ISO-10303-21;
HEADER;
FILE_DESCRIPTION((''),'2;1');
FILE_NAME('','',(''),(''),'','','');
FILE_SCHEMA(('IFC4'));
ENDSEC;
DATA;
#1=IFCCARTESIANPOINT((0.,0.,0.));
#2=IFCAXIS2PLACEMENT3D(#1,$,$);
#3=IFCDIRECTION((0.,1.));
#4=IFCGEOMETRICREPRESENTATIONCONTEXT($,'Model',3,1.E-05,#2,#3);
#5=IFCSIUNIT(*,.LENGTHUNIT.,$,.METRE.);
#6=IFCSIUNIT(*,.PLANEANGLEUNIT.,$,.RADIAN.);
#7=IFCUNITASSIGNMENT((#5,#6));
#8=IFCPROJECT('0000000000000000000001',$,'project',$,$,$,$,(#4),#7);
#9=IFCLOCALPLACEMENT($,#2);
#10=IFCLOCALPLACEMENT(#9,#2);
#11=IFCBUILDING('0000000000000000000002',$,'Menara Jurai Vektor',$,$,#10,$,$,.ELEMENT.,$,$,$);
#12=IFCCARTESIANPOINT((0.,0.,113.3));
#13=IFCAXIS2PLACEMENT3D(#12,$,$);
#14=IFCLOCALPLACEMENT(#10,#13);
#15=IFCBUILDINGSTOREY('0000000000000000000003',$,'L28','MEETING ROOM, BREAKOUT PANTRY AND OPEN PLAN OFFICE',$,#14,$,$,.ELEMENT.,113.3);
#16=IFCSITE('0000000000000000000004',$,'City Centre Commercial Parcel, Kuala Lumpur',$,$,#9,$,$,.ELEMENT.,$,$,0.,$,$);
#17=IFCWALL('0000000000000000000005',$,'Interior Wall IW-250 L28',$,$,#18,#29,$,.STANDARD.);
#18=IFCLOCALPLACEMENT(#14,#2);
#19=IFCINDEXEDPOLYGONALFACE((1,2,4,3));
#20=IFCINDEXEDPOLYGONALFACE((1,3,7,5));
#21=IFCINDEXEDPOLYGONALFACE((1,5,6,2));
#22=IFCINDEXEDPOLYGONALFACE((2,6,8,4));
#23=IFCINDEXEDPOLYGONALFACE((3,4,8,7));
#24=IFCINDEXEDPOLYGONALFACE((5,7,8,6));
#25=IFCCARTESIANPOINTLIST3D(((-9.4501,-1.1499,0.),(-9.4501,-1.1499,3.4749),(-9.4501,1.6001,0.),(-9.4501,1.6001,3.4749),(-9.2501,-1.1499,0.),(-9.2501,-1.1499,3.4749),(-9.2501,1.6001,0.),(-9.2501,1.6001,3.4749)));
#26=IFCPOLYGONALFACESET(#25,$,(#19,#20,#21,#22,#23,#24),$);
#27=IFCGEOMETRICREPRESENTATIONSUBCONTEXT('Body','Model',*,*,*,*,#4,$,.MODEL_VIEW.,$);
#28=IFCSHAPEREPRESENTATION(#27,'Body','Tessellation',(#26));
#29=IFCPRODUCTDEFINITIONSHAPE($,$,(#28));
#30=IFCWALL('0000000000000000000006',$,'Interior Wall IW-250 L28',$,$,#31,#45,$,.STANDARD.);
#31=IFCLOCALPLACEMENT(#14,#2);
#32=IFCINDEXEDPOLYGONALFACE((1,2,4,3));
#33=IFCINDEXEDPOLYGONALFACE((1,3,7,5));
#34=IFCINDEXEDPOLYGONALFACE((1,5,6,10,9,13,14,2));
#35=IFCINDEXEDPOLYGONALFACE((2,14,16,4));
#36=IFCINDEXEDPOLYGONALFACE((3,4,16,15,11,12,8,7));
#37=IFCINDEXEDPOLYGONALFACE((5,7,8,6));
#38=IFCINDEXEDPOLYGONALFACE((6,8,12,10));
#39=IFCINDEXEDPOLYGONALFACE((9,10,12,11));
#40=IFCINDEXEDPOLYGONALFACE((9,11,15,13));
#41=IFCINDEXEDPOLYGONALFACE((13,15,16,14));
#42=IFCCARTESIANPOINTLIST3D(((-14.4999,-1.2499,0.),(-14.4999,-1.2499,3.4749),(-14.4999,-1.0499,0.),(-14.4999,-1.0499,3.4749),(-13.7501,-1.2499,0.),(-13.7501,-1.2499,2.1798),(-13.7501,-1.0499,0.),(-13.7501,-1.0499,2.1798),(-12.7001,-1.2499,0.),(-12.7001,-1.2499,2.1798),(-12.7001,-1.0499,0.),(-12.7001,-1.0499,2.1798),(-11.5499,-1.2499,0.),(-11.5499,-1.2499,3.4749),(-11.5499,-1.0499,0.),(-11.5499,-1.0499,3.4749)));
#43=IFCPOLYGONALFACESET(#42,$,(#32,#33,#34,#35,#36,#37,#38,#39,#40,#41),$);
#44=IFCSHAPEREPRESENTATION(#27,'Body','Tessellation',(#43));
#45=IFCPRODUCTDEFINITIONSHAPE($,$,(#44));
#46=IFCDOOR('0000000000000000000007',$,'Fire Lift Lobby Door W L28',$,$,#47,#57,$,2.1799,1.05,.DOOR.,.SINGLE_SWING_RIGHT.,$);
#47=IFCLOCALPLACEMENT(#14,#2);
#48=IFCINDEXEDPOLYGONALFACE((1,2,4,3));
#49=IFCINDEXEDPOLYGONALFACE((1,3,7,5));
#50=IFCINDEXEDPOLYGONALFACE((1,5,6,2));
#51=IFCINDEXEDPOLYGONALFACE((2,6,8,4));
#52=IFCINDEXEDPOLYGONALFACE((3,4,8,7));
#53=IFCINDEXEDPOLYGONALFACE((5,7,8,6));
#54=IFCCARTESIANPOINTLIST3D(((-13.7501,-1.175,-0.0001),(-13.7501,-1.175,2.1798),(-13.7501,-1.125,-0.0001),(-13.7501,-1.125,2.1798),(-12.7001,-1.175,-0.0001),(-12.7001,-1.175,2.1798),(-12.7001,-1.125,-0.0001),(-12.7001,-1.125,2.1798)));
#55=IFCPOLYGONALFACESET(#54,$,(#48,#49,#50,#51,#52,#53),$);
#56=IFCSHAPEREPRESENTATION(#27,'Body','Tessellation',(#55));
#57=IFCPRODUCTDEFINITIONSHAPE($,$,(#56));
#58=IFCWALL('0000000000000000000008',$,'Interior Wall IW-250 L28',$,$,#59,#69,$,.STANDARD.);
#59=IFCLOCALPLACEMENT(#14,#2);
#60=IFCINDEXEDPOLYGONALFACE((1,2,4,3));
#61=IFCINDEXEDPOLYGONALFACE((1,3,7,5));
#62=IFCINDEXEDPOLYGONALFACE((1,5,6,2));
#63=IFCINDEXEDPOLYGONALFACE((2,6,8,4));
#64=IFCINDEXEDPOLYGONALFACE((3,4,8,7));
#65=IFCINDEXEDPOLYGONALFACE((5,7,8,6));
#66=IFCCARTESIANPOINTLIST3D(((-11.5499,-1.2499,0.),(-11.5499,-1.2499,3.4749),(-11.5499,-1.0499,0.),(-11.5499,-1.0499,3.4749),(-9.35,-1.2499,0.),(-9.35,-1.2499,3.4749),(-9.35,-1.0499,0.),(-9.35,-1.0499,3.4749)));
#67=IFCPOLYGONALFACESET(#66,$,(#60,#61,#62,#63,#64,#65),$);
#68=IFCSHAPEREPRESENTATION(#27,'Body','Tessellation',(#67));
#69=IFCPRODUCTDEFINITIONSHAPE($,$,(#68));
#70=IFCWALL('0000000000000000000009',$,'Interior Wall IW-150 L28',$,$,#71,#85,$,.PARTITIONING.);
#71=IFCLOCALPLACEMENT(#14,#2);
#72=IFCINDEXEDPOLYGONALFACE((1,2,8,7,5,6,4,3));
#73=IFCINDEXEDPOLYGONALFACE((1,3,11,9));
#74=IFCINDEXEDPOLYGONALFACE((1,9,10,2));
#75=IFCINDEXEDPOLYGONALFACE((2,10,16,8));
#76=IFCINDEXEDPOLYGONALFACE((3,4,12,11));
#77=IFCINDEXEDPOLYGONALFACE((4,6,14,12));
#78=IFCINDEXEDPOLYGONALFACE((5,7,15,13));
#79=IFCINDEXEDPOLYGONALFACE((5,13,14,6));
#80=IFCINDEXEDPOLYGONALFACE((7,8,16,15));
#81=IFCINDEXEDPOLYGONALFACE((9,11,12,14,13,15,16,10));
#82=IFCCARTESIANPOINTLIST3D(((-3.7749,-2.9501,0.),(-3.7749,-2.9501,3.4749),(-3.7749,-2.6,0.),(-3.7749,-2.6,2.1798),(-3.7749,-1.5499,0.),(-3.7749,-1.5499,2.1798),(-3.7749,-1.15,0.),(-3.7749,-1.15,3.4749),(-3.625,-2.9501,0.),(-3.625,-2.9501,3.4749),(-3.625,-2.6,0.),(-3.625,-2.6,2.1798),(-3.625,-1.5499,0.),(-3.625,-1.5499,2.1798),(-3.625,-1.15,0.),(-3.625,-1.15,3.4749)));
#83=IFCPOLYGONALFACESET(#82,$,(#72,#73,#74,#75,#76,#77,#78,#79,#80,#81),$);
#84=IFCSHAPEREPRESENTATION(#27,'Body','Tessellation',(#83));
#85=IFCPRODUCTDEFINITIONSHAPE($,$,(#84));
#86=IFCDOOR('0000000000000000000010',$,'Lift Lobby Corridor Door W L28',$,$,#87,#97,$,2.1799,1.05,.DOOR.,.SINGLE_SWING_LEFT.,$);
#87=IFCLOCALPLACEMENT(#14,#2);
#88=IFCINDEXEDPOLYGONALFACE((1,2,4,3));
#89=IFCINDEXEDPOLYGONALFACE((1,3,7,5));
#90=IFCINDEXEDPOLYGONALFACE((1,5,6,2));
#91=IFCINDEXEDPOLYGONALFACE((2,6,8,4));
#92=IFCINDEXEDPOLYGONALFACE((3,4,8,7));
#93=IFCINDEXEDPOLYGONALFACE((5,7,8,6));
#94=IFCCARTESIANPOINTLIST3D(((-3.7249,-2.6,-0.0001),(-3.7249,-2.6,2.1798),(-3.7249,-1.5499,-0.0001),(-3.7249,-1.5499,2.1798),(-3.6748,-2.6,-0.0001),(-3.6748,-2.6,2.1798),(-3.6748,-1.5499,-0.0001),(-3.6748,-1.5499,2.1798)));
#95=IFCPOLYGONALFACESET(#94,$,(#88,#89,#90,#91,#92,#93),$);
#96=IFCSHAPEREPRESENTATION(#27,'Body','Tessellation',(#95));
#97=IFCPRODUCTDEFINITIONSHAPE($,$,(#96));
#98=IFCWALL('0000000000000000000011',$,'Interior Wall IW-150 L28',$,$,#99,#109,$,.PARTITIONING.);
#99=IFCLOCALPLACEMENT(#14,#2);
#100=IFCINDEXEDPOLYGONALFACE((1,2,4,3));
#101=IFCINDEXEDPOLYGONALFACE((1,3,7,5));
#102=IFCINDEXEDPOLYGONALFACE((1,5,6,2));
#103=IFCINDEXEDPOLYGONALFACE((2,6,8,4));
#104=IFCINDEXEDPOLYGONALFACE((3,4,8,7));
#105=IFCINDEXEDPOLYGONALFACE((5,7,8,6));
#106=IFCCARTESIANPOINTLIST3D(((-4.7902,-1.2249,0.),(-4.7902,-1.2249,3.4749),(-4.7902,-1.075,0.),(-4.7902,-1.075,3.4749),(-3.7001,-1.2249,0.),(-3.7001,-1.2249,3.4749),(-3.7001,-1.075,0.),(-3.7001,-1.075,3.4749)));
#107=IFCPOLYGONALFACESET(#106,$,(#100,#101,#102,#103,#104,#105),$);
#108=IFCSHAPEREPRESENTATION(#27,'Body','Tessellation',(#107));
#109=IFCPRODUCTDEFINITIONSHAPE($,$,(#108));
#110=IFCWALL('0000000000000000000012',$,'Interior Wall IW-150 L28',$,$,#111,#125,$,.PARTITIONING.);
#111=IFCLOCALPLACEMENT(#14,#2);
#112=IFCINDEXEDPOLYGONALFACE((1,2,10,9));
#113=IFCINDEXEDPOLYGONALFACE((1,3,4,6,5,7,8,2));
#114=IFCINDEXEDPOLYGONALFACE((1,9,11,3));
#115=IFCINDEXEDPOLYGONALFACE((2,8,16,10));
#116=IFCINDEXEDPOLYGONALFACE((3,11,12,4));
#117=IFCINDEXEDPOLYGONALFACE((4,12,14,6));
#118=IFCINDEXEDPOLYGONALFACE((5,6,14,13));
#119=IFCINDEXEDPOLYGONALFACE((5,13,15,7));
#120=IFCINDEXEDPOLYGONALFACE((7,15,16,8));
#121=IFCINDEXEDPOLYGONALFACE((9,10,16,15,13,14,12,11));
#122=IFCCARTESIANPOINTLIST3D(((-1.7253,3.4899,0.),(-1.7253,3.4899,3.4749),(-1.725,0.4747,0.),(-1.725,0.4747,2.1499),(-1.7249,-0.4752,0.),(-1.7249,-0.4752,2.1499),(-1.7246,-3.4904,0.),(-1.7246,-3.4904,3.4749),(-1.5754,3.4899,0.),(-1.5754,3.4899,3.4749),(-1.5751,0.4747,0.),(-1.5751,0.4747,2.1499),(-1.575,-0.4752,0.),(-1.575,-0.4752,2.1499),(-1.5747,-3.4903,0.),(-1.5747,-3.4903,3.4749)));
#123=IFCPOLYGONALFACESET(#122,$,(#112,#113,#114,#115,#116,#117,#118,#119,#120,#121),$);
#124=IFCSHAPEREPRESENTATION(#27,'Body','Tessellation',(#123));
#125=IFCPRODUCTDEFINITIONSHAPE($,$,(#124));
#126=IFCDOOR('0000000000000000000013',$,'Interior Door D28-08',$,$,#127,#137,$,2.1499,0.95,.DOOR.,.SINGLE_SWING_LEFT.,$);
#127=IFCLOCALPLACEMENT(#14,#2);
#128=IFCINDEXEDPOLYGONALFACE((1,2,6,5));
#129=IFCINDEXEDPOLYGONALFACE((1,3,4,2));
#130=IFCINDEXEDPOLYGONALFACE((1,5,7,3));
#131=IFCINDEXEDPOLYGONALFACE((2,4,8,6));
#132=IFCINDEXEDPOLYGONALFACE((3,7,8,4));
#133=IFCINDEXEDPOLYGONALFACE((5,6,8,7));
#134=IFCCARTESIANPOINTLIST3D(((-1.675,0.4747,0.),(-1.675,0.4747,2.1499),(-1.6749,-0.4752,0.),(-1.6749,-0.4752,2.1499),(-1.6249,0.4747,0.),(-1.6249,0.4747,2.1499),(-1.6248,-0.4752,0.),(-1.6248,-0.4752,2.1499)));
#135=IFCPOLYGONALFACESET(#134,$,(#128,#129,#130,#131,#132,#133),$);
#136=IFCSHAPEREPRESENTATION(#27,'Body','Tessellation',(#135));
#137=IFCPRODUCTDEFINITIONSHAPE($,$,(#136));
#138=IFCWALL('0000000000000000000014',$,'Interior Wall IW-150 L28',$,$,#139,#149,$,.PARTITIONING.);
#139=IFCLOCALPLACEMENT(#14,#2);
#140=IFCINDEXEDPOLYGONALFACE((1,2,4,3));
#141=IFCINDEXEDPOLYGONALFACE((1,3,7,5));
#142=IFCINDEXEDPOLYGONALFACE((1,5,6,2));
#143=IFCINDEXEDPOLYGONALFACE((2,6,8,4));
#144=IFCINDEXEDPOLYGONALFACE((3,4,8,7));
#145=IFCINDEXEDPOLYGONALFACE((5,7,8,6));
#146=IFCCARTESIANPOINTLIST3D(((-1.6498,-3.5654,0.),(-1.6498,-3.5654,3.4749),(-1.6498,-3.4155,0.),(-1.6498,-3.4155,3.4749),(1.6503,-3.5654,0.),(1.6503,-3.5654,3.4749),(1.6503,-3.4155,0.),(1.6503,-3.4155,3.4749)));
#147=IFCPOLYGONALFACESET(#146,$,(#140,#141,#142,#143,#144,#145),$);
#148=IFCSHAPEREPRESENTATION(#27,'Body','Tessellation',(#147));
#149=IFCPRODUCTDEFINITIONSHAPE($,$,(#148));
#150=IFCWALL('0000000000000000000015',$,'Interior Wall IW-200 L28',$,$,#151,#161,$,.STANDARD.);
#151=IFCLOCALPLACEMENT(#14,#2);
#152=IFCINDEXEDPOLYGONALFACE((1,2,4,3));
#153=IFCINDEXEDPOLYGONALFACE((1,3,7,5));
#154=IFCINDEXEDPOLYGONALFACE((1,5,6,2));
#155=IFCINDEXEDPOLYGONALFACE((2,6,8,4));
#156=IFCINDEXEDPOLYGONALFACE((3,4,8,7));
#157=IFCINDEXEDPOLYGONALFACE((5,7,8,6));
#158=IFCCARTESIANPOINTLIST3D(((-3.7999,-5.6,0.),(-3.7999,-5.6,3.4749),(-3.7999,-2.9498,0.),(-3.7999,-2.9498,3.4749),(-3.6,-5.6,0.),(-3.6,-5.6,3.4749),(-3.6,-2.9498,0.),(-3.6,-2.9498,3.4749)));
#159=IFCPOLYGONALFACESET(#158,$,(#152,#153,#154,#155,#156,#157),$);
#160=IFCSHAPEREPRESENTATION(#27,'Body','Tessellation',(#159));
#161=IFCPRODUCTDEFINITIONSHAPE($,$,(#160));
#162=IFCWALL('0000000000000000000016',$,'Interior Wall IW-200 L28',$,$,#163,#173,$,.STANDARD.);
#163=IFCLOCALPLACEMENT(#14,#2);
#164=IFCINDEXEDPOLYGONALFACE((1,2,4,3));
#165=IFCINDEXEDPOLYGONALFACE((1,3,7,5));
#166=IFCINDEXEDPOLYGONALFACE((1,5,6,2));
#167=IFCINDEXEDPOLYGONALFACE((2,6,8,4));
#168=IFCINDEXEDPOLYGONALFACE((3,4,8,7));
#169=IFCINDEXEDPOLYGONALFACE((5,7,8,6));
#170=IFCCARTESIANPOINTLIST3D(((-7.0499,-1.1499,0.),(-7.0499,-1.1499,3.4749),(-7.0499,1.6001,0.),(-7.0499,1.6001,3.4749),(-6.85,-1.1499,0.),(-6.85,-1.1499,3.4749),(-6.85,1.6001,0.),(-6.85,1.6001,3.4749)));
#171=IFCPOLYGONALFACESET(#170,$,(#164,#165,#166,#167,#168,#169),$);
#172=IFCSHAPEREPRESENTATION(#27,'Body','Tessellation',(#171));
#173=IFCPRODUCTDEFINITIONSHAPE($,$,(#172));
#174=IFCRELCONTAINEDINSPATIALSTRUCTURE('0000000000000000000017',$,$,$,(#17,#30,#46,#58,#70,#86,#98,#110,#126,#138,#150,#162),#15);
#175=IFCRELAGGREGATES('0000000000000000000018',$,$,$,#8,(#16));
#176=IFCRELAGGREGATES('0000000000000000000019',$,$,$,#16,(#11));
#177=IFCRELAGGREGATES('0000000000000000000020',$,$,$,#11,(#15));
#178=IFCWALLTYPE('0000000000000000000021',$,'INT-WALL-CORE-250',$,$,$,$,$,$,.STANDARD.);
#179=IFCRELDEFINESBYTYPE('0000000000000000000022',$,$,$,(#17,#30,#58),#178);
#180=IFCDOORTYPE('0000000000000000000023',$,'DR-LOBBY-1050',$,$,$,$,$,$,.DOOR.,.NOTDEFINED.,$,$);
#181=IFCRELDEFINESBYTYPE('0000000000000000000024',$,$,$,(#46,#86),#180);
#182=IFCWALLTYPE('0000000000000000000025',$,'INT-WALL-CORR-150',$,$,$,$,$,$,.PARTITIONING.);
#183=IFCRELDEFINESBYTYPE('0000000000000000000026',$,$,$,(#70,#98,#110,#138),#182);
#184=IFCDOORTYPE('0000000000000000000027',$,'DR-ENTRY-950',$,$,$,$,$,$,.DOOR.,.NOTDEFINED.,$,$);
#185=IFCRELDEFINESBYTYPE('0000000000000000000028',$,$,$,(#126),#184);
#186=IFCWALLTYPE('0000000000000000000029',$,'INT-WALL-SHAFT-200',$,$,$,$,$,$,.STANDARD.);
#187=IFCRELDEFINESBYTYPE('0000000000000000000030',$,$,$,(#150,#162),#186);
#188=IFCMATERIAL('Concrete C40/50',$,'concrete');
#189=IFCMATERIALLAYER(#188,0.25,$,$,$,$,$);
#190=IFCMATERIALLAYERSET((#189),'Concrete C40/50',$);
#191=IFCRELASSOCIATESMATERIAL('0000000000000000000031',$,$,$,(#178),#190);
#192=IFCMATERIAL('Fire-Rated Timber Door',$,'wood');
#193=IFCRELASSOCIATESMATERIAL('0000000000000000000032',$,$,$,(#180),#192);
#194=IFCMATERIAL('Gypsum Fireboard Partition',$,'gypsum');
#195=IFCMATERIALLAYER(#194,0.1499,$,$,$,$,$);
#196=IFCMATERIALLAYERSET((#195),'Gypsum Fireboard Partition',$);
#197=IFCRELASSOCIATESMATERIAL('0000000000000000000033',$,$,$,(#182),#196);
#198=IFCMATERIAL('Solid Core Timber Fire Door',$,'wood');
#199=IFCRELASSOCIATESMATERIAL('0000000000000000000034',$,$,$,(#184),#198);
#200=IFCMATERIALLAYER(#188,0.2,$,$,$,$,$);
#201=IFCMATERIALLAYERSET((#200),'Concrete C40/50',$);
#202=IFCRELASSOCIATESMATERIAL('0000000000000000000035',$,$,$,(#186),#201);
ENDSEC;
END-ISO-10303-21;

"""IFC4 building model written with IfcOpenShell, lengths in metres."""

from ifc_helpers import new_model, si_unit, direction, frame, frame_2d, origin, place, context, subcontext, project, spatial, rectangle, extrude, material, layer, layer_set, type_object, element, fill, save


model = new_model("IFC4")

# Units and contexts
model_context = context("Model", 3, precision=1e-05, world=origin(), true_north=direction((0.0, 1.0)))
body_context = subcontext(model_context, "Body", "Model", "MODEL_VIEW")
ifc_project = project(units=[si_unit("LENGTHUNIT", "METRE"), si_unit("PLANEANGLEUNIT", "RADIAN")], contexts=[model_context])

# Site, building, storey
site_placement = place(None, origin())
site = spatial("IfcSite", under=ifc_project, at=site_placement, Name="City Centre Commercial Parcel, Kuala Lumpur", CompositionType="ELEMENT", RefElevation=0.0)
building_placement = place(site_placement, origin())
building = spatial("IfcBuilding", under=site, at=building_placement, Name="Menara Jurai Vektor", CompositionType="ELEMENT")
storey_placement = place(building_placement, frame((0.0, 0.0, 113.3)))
storey = spatial("IfcBuildingStorey", under=building, at=storey_placement, Name="L28", Description="MEETING ROOM, BREAKOUT PANTRY AND OPEN PLAN OFFICE", CompositionType="ELEMENT", Elevation=113.3)

# Shared definitions
ifc_material_1 = material(Name="Concrete C40/50", Category="concrete")

# Shared definitions
ifc_layer_1 = layer(ifc_material_1, 0.25)
ifc_layer_set_1 = layer_set([ifc_layer_1], Name="Concrete C40/50")
wall_type_1 = type_object("IfcWallType", Name="INT-WALL-CORE-250", PredefinedType="STANDARD", material=ifc_layer_set_1)

# Wall
wall_1_placement = place(storey_placement, frame((-9.3501, -1.1499, 0.0), z_axis=(0.0, 0.0, 1.0), x_axis=(0.0, 1.0, 0.0)))
element("IfcWall", 1, at=wall_1_placement, inside=storey, type_object=wall_type_1, Name="Interior Wall IW-250 L28", PredefinedType="STANDARD", context=body_context, shape_type="SweptSolid", body=[
    extrude(rectangle(XDim=2.75, YDim=0.2, at=frame_2d((1.375, 0.0))), origin(), (0.0, 0.0, 1.0), 3.4749),
])

# Wall, opening, door
wall_2_placement = place(storey_placement, frame((-14.5, -1.1499, 0.0), z_axis=(0.0, 0.0, 1.0), x_axis=(1.0, 0.0, 0.0)))
wall_2 = element("IfcWall", 2, at=wall_2_placement, inside=storey, type_object=wall_type_1, Name="Interior Wall IW-250 L28", PredefinedType="STANDARD", context=body_context, shape_type="SweptSolid", body=[
    extrude(rectangle(XDim=2.95, YDim=0.2, at=frame_2d((1.4751, 0.0))), origin(), (0.0, 0.0, 1.0), 3.4749),
])
opening_1_placement = place(wall_2_placement, frame((0.75, 0.0, 0.0)))
opening_1 = element("IfcOpeningElement", 3, at=opening_1_placement, cuts=wall_2, PredefinedType="OPENING", context=body_context, shape_type="SweptSolid", body=[
    extrude(rectangle(XDim=1.05, YDim=2.1799, at=frame_2d((0.5249, 1.0898))), frame((0.0, 0.1099, 0.0), z_axis=(0.0, -1.0, 0.0), x_axis=(1.0, 0.0, 0.0)), (0.0, 0.0, 1.0), 0.22),
])
ifc_material_2 = material(Name="Fire-Rated Timber Door", Category="wood")
door_type_1 = type_object("IfcDoorType", Name="DR-LOBBY-1050", OperationType="NOTDEFINED", PredefinedType="DOOR", material=ifc_material_2)
door_1_placement = place(opening_1_placement, origin())
door_1 = element("IfcDoor", 4, at=door_1_placement, inside=storey, type_object=door_type_1, Name="Fire Lift Lobby Door W L28", OperationType="SINGLE_SWING_RIGHT", OverallHeight=2.1799, OverallWidth=1.05, PredefinedType="DOOR", context=body_context, shape_type="SweptSolid", body=[
    extrude(rectangle(XDim=1.05, YDim=2.1799, at=frame_2d((0.5249, 1.0898))), frame((0.0, 0.0249, 0.0), z_axis=(0.0, -1.0, 0.0), x_axis=(1.0, 0.0, 0.0)), (0.0, 0.0, 1.0), 0.05),
])
fill(opening_1, door_1)

# Wall
wall_3_placement = place(storey_placement, frame((-11.55, -1.1499, 0.0), z_axis=(0.0, 0.0, 1.0), x_axis=(1.0, 0.0, 0.0)))
element("IfcWall", 5, at=wall_3_placement, inside=storey, type_object=wall_type_1, Name="Interior Wall IW-250 L28", PredefinedType="STANDARD", context=body_context, shape_type="SweptSolid", body=[
    extrude(rectangle(XDim=2.2, YDim=0.2, at=frame_2d((1.1001, 0.0))), origin(), (0.0, 0.0, 1.0), 3.4749),
])

# Wall, opening, door
ifc_material_3 = material(Name="Gypsum Fireboard Partition", Category="gypsum")
ifc_layer_2 = layer(ifc_material_3, 0.1499)
ifc_layer_set_2 = layer_set([ifc_layer_2], Name="Gypsum Fireboard Partition")
wall_type_2 = type_object("IfcWallType", Name="INT-WALL-CORR-150", PredefinedType="PARTITIONING", material=ifc_layer_set_2)
wall_4_placement = place(storey_placement, frame((-3.7, -2.95, 0.0), z_axis=(0.0, 0.0, 1.0), x_axis=(0.0, 1.0, 0.0)))
wall_4 = element("IfcWall", 6, at=wall_4_placement, inside=storey, type_object=wall_type_2, Name="Interior Wall IW-150 L28", PredefinedType="PARTITIONING", context=body_context, shape_type="SweptSolid", body=[
    extrude(rectangle(XDim=1.8, YDim=0.1499, at=frame_2d((0.8999, 0.0))), origin(), (0.0, 0.0, 1.0), 3.4749),
])
opening_2_placement = place(wall_4_placement, frame((0.3501, 0.0, 0.0)))
opening_2 = element("IfcOpeningElement", 7, at=opening_2_placement, cuts=wall_4, PredefinedType="OPENING", context=body_context, shape_type="SweptSolid", body=[
    extrude(rectangle(XDim=1.05, YDim=2.1799, at=frame_2d((0.5249, 1.0898))), frame((0.0, 0.085, 0.0), z_axis=(0.0, -1.0, 0.0), x_axis=(1.0, 0.0, 0.0)), (0.0, 0.0, 1.0), 0.1699),
])
door_2_placement = place(opening_2_placement, origin())
door_2 = element("IfcDoor", 8, at=door_2_placement, inside=storey, type_object=door_type_1, Name="Lift Lobby Corridor Door W L28", OperationType="SINGLE_SWING_LEFT", OverallHeight=2.1799, OverallWidth=1.05, PredefinedType="DOOR", context=body_context, shape_type="SweptSolid", body=[
    extrude(rectangle(XDim=1.05, YDim=2.1799, at=frame_2d((0.5249, 1.0898))), frame((0.0, 0.0249, 0.0), z_axis=(0.0, -1.0, 0.0), x_axis=(1.0, 0.0, 0.0)), (0.0, 0.0, 1.0), 0.05),
])
fill(opening_2, door_2)

# Wall
wall_5_placement = place(storey_placement, frame((-4.79, -1.1499, 0.0), z_axis=(0.0, 0.0, 1.0), x_axis=(1.0, 0.0, 0.0)))
element("IfcWall", 9, at=wall_5_placement, inside=storey, type_object=wall_type_2, Name="Interior Wall IW-150 L28", PredefinedType="PARTITIONING", context=body_context, shape_type="SweptSolid", body=[
    extrude(rectangle(XDim=1.0901, YDim=0.1499, at=frame_2d((0.5449, 0.0))), origin(), (0.0, 0.0, 1.0), 3.4749),
])

# Wall, opening, door
wall_6_placement = place(storey_placement, frame((-1.6497, -3.4905, 0.0), z_axis=(0.0, 0.0, 1.0), x_axis=(-0.000105, 1.0, 0.0)))
wall_6 = element("IfcWall", 10, at=wall_6_placement, inside=storey, type_object=wall_type_2, Name="Interior Wall IW-150 L28", PredefinedType="PARTITIONING", context=body_context, shape_type="SweptSolid", body=[
    extrude(rectangle(XDim=6.9802, YDim=0.1499, at=frame_2d((3.4902, 0.0))), origin(), (0.0, 0.0, 1.0), 3.4749),
])
opening_3_placement = place(wall_6_placement, frame((3.0151, 0.0, 0.0)))
opening_3 = element("IfcOpeningElement", 11, at=opening_3_placement, cuts=wall_6, PredefinedType="OPENING", context=body_context, shape_type="SweptSolid", body=[
    extrude(rectangle(XDim=0.95, YDim=2.1499, at=frame_2d((0.4751, 1.075))), frame((0.0, 0.085, 0.0), z_axis=(0.0, -1.0, 0.0), x_axis=(1.0, 0.0, 0.0)), (0.0, 0.0, 1.0), 0.1699),
])
ifc_material_4 = material(Name="Solid Core Timber Fire Door", Category="wood")
door_type_2 = type_object("IfcDoorType", Name="DR-ENTRY-950", OperationType="NOTDEFINED", PredefinedType="DOOR", material=ifc_material_4)
door_3_placement = place(opening_3_placement, origin())
door_3 = element("IfcDoor", 12, at=door_3_placement, inside=storey, type_object=door_type_2, Name="Interior Door D28-08", OperationType="SINGLE_SWING_LEFT", OverallHeight=2.1499, OverallWidth=0.95, PredefinedType="DOOR", context=body_context, shape_type="SweptSolid", body=[
    extrude(rectangle(XDim=0.95, YDim=2.1499, at=frame_2d((0.4751, 1.075))), frame((0.0, 0.0249, 0.0), z_axis=(0.0, -1.0, 0.0), x_axis=(1.0, 0.0, 0.0)), (0.0, 0.0, 1.0), 0.05),
])
fill(opening_3, door_3)

# Wall
wall_7_placement = place(storey_placement, frame((-1.6497, -3.4905, 0.0), z_axis=(0.0, 0.0, 1.0), x_axis=(1.0, 0.0, 0.0)))
element("IfcWall", 13, at=wall_7_placement, inside=storey, type_object=wall_type_2, Name="Interior Wall IW-150 L28", PredefinedType="PARTITIONING", context=body_context, shape_type="SweptSolid", body=[
    extrude(rectangle(XDim=3.3, YDim=0.1499, at=frame_2d((1.6499, 0.0))), origin(), (0.0, 0.0, 1.0), 3.4749),
])

# Shared definitions
ifc_layer_3 = layer(ifc_material_1, 0.2)
ifc_layer_set_3 = layer_set([ifc_layer_3], Name="Concrete C40/50")
wall_type_3 = type_object("IfcWallType", Name="INT-WALL-SHAFT-200", PredefinedType="STANDARD", material=ifc_layer_set_3)

# Walls
wall_8_placement = place(storey_placement, frame((-3.7, -5.6001, 0.0), z_axis=(0.0, 0.0, 1.0), x_axis=(0.0, 1.0, 0.0)))
element("IfcWall", 14, at=wall_8_placement, inside=storey, type_object=wall_type_3, Name="Interior Wall IW-200 L28", PredefinedType="STANDARD", context=body_context, shape_type="SweptSolid", body=[
    extrude(rectangle(XDim=2.6501, YDim=0.2, at=frame_2d((1.3252, 0.0))), origin(), (0.0, 0.0, 1.0), 3.4749),
])
wall_9_placement = place(storey_placement, frame((-6.95, -1.1499, 0.0), z_axis=(0.0, 0.0, 1.0), x_axis=(0.0, 1.0, 0.0)))
element("IfcWall", 15, at=wall_9_placement, inside=storey, type_object=wall_type_3, Name="Interior Wall IW-200 L28", PredefinedType="STANDARD", context=body_context, shape_type="SweptSolid", body=[
    extrude(rectangle(XDim=2.75, YDim=0.2, at=frame_2d((1.375, 0.0))), origin(), (0.0, 0.0, 1.0), 3.4749),
])

save(model, "model.ifc")
